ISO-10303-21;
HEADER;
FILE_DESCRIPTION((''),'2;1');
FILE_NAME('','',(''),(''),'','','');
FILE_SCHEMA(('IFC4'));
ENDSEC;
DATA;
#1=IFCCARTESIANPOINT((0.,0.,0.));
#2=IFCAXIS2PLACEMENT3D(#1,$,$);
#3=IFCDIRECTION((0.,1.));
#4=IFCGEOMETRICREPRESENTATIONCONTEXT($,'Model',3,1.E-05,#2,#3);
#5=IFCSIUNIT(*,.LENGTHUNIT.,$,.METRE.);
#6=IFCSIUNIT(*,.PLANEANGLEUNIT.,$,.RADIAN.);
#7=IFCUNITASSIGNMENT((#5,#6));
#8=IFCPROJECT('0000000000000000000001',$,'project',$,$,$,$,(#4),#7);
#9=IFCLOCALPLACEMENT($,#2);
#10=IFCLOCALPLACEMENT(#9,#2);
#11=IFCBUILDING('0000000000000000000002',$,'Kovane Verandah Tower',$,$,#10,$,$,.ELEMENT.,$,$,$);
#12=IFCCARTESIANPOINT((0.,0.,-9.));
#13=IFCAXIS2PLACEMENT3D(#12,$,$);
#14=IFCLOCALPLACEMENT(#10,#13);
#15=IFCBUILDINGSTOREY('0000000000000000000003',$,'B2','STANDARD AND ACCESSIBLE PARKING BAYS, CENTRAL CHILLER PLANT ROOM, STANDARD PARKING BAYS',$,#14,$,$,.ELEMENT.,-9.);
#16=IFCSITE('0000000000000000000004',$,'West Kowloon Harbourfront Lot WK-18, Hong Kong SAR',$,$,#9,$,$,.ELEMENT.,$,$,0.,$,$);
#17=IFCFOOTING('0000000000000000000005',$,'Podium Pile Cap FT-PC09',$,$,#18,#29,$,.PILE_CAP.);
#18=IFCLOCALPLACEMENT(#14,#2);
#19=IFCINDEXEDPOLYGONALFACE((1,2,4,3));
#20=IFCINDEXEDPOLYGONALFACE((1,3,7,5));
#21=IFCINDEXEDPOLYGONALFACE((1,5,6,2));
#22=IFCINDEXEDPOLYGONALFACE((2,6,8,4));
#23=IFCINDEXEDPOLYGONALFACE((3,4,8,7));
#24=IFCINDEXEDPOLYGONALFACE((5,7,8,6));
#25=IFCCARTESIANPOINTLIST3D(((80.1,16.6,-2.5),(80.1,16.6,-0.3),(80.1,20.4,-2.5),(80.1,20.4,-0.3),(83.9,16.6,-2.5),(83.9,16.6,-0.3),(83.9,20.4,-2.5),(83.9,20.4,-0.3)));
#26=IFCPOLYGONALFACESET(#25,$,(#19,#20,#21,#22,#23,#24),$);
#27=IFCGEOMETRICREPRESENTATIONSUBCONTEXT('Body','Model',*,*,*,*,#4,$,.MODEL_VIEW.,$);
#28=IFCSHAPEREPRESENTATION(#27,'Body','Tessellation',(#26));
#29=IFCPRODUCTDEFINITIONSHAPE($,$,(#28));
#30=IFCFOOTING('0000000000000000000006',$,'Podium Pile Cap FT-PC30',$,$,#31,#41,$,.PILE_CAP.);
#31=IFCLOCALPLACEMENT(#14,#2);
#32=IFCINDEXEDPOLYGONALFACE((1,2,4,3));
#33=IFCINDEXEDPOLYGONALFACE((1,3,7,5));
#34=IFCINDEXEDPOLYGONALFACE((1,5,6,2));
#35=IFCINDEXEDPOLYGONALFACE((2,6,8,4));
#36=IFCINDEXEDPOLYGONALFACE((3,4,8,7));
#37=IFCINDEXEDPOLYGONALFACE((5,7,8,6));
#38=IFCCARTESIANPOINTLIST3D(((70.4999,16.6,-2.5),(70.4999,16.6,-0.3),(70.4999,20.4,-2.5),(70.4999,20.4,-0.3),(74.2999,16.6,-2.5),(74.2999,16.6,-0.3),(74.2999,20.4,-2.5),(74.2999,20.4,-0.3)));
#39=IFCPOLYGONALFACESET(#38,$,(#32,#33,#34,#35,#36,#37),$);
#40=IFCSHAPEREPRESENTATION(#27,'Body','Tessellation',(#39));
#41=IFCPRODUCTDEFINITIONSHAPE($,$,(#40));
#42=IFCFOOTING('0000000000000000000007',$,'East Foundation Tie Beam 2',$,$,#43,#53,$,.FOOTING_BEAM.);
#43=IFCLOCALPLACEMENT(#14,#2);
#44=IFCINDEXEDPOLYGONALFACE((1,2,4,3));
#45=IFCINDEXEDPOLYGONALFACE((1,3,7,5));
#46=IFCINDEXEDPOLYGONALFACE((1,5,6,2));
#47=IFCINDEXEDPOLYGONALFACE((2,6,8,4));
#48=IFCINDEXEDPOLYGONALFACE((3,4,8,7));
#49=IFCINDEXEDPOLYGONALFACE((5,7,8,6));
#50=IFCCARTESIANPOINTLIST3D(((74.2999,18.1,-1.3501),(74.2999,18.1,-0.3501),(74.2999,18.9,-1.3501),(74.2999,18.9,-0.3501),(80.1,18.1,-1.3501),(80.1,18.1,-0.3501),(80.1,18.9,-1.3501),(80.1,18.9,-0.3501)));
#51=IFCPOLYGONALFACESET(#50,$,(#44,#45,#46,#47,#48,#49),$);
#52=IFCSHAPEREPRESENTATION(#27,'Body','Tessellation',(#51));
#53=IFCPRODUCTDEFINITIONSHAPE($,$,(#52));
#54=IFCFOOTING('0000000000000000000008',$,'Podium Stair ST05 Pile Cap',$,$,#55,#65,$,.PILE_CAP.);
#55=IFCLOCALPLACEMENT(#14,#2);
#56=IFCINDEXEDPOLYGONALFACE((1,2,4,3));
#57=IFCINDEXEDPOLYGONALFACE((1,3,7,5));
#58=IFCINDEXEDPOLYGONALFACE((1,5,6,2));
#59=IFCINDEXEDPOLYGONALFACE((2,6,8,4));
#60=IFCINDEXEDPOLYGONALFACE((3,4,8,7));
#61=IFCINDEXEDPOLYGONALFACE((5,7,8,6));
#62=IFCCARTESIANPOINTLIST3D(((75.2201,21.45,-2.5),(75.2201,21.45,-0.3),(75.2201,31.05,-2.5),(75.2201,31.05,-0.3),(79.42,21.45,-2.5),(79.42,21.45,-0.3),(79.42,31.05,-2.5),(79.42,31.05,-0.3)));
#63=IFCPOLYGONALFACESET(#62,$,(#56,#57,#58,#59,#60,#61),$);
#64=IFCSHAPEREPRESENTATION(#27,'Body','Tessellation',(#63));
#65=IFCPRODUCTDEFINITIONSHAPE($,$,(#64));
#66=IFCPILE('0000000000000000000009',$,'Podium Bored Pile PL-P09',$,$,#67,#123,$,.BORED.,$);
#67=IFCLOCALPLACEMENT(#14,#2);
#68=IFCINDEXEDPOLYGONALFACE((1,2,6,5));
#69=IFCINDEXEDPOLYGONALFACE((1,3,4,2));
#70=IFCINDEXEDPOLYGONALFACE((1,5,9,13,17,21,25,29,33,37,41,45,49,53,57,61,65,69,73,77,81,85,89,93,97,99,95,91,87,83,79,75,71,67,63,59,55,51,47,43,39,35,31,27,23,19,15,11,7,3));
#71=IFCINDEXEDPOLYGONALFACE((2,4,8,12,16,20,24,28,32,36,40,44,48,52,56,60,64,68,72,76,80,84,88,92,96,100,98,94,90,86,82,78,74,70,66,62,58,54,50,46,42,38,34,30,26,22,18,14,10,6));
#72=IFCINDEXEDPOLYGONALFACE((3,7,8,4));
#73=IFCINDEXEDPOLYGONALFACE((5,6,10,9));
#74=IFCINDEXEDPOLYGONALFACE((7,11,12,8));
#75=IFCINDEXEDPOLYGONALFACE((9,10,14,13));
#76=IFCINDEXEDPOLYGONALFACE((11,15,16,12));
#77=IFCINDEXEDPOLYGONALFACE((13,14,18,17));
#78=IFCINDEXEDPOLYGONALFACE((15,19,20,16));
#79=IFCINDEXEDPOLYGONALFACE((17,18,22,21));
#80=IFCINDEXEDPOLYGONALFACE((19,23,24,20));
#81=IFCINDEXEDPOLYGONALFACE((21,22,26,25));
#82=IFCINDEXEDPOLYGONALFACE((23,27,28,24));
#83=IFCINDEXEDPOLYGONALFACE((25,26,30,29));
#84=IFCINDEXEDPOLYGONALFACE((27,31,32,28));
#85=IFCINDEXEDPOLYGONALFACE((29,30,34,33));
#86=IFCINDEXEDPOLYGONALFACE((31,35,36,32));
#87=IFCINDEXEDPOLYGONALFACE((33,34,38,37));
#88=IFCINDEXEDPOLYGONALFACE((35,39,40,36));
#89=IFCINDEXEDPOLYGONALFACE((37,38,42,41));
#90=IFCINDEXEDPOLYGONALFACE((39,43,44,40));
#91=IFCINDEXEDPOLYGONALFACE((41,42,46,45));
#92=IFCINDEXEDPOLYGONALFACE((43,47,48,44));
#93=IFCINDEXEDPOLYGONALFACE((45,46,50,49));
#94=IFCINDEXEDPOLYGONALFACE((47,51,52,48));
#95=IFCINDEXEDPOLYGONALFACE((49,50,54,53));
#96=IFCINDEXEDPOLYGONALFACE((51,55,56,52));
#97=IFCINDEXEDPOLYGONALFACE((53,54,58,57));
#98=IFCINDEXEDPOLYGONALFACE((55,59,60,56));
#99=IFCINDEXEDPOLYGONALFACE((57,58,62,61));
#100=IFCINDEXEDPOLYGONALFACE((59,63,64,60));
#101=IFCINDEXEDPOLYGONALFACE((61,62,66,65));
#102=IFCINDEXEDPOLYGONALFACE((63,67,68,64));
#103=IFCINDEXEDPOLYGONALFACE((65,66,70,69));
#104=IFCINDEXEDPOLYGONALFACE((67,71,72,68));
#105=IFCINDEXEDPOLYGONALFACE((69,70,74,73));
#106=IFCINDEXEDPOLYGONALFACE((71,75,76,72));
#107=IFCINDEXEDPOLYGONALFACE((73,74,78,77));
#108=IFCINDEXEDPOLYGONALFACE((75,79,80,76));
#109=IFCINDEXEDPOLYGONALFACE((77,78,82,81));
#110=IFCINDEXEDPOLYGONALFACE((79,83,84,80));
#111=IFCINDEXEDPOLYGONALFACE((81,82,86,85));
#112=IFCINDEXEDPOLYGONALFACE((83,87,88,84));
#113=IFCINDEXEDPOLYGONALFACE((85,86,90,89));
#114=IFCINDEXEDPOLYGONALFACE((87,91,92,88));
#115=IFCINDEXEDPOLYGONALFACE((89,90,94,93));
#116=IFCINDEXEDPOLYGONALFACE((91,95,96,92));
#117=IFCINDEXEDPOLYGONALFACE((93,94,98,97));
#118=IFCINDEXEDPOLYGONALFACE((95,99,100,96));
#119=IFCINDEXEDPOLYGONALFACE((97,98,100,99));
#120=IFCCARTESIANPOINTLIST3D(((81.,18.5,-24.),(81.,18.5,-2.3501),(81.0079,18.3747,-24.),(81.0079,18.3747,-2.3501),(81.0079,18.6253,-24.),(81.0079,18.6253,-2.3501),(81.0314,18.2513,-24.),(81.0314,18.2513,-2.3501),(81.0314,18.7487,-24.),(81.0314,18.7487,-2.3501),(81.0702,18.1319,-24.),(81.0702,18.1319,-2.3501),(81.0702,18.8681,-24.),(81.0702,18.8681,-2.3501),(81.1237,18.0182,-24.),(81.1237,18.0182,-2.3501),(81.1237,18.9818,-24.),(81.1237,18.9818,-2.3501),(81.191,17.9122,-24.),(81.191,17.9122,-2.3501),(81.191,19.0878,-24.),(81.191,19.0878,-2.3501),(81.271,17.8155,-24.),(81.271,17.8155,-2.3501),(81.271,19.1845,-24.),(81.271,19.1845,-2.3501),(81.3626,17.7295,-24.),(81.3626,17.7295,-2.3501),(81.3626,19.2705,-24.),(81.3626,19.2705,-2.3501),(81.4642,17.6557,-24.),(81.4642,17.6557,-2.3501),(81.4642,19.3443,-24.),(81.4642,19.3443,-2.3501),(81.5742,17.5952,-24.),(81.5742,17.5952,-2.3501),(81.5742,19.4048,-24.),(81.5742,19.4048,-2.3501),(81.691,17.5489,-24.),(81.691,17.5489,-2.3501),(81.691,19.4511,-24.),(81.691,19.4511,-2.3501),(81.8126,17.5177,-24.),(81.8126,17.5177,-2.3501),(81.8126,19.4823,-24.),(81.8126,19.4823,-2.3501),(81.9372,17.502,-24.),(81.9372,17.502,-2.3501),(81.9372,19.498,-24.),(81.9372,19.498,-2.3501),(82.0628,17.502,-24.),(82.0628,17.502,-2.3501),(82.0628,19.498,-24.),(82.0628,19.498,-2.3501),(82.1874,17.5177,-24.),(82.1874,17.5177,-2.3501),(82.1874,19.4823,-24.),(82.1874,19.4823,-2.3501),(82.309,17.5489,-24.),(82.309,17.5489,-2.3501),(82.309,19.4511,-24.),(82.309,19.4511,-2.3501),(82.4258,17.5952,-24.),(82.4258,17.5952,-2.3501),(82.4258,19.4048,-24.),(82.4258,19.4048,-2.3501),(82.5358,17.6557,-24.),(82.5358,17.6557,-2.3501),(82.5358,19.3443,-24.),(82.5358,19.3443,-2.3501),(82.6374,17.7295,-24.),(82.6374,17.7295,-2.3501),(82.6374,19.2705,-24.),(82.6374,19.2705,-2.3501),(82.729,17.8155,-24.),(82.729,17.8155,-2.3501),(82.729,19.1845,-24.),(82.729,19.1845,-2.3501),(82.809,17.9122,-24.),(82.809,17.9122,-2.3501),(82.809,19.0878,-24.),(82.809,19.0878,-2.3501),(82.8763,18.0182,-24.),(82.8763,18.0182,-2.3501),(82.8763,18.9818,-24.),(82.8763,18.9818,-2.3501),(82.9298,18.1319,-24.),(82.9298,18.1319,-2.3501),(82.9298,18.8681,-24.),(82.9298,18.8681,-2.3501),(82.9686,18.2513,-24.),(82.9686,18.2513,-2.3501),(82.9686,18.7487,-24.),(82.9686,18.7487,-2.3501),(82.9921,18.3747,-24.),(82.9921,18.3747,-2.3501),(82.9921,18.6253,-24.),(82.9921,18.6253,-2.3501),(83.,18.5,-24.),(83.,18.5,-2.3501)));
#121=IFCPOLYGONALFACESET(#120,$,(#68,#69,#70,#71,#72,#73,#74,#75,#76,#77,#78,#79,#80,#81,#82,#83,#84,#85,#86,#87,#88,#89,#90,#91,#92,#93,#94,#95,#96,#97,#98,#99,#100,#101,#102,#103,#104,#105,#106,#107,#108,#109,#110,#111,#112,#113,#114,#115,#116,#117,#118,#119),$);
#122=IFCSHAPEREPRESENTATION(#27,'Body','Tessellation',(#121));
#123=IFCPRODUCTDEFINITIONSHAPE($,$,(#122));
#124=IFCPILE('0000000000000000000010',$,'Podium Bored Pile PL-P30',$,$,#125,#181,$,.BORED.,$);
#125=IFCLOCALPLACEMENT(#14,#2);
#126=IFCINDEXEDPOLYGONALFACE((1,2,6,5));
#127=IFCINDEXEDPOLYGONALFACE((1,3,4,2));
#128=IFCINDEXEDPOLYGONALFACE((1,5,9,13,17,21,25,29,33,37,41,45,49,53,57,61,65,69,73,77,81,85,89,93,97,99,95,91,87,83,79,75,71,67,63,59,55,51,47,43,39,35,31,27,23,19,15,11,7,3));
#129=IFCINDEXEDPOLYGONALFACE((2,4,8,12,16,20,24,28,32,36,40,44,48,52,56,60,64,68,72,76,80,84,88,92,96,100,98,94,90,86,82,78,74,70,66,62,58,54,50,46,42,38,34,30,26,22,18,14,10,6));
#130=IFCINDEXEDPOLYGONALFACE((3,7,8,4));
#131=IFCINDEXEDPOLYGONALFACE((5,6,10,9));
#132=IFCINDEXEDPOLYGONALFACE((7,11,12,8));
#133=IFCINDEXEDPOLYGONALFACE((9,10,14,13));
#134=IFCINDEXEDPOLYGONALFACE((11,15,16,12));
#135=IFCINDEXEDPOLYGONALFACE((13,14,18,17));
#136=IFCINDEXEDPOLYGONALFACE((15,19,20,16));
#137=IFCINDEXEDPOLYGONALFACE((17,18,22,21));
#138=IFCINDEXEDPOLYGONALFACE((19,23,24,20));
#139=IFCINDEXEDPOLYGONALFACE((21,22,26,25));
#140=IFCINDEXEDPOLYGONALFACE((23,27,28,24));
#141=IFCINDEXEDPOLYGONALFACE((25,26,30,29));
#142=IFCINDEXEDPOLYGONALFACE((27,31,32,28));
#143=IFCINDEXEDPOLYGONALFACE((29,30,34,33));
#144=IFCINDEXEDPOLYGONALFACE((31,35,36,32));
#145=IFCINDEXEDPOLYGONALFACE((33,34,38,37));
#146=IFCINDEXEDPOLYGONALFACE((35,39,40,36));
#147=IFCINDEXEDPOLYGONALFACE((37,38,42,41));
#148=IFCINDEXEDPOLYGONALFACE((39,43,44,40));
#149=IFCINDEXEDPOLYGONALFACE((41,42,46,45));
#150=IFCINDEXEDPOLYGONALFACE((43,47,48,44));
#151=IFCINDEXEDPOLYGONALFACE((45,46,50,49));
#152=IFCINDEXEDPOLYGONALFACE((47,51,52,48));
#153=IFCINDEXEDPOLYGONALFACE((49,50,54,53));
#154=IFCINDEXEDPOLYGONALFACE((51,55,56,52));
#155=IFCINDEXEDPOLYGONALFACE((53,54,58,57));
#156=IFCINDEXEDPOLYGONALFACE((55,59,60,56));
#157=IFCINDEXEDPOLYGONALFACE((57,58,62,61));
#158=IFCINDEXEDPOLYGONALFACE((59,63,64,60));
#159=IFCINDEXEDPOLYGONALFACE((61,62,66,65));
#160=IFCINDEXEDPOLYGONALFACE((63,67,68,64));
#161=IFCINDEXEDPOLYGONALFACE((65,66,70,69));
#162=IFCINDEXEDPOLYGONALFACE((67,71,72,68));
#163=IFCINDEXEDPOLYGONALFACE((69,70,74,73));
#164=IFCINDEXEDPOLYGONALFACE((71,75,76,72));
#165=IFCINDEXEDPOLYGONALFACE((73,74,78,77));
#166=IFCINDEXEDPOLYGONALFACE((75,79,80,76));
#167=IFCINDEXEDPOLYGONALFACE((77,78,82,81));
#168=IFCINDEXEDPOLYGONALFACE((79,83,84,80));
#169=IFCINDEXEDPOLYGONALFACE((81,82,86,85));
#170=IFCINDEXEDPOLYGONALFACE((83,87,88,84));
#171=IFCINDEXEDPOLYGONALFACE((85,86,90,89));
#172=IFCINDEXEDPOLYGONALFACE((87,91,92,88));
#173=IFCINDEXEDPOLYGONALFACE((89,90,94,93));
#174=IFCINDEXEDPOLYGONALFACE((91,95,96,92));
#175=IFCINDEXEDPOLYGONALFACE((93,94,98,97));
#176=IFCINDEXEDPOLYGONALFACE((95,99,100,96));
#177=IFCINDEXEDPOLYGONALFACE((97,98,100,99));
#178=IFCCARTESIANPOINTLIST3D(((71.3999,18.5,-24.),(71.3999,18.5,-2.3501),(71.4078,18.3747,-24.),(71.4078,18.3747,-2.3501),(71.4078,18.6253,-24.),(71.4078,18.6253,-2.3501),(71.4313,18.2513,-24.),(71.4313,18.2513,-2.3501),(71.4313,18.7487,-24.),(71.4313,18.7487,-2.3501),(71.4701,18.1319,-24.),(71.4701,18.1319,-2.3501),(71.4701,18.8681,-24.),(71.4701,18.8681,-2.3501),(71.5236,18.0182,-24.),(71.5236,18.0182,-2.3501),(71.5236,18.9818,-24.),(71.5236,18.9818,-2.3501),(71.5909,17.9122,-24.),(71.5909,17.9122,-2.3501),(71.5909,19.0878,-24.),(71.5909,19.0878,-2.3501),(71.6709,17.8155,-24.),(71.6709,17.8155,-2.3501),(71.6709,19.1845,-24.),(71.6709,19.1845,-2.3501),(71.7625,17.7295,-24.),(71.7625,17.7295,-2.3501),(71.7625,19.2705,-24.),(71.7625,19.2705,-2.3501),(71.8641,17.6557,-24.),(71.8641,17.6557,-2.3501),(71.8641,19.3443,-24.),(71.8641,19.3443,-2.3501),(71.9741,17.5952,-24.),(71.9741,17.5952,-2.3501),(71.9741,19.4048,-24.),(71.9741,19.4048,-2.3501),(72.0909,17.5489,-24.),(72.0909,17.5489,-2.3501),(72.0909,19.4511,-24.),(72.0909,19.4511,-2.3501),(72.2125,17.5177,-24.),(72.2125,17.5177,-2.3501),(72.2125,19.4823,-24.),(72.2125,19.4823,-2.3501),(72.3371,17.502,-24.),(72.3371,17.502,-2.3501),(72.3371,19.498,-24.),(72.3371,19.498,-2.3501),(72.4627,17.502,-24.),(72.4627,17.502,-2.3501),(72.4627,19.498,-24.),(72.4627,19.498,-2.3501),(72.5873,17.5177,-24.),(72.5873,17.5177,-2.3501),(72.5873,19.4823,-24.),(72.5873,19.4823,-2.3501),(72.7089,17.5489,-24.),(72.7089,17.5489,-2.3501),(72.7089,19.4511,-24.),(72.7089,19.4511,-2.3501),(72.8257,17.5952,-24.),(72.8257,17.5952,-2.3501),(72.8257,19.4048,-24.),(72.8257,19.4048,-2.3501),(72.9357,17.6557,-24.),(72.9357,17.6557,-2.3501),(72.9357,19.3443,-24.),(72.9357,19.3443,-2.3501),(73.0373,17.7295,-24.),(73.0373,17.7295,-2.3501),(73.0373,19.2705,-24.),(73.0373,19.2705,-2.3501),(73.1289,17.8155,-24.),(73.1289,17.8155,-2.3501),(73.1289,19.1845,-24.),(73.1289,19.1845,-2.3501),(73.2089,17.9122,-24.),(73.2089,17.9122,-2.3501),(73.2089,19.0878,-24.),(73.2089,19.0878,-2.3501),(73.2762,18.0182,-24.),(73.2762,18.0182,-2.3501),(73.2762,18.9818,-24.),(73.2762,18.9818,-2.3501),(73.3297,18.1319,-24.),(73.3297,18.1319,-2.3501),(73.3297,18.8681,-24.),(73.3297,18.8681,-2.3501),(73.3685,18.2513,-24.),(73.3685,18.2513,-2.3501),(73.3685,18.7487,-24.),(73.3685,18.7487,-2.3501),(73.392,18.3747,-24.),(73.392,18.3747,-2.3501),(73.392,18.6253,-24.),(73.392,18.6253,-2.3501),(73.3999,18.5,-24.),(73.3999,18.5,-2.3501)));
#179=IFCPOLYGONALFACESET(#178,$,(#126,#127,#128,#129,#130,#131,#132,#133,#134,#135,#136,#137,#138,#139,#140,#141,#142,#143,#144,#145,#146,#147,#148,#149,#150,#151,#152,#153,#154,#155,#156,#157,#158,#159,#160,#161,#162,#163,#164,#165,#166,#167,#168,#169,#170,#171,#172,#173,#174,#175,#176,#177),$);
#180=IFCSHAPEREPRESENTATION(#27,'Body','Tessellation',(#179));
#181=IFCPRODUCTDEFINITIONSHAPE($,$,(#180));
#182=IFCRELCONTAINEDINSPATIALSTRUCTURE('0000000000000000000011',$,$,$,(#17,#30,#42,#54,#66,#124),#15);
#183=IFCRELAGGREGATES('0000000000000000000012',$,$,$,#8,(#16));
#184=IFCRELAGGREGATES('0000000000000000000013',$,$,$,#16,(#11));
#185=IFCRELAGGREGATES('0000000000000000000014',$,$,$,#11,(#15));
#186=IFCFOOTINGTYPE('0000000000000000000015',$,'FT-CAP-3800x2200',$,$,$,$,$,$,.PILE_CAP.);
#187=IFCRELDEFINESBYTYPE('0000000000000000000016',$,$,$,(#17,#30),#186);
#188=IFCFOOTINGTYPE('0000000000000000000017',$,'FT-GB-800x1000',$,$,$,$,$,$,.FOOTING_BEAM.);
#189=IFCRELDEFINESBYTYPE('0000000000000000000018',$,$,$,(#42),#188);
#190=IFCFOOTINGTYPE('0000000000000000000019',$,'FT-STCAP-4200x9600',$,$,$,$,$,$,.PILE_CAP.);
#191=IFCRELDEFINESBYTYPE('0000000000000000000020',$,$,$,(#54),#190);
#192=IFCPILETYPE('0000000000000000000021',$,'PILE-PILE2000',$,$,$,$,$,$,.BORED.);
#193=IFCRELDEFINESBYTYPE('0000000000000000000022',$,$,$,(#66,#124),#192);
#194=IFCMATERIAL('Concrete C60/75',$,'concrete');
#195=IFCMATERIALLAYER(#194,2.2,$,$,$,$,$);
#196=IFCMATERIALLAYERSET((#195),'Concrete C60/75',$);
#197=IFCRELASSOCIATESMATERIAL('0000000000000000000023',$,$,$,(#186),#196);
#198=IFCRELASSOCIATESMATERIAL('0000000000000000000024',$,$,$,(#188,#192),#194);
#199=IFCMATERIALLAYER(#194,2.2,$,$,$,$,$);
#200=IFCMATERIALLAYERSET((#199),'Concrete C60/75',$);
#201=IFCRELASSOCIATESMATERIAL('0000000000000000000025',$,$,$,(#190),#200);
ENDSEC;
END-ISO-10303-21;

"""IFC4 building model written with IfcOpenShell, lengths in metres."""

from ifc_helpers import new_model, si_unit, direction, frame, origin, origin_2d, place, context, subcontext, project, spatial, rectangle, circle, extrude, material, layer, layer_set, material_profile, profile_set, type_object, element, save


model = new_model("IFC4")

# Units and contexts
model_context = context("Model", 3, precision=1e-05, world=origin(), true_north=direction((0.0, 1.0)))
body_context = subcontext(model_context, "Body", "Model", "MODEL_VIEW")
ifc_project = project(units=[si_unit("LENGTHUNIT", "METRE"), si_unit("PLANEANGLEUNIT", "RADIAN")], contexts=[model_context])

# Site, building, storey
site_placement = place(None, origin())
site = spatial("IfcSite", under=ifc_project, at=site_placement, Name="West Kowloon Harbourfront Lot WK-18, Hong Kong SAR", CompositionType="ELEMENT", RefElevation=0.0)
building_placement = place(site_placement, origin())
building = spatial("IfcBuilding", under=site, at=building_placement, Name="Kovane Verandah Tower", CompositionType="ELEMENT")
storey_placement = place(building_placement, frame((0.0, 0.0, -9.0)))
storey = spatial("IfcBuildingStorey", under=building, at=storey_placement, Name="B2", Description="STANDARD AND ACCESSIBLE PARKING BAYS, CENTRAL CHILLER PLANT ROOM, STANDARD PARKING BAYS", CompositionType="ELEMENT", Elevation=-9.0)

# Footings
ifc_material_1 = material(Name="Concrete C60/75", Category="concrete")
ifc_layer_1 = layer(ifc_material_1, 2.2)
ifc_layer_set_1 = layer_set([ifc_layer_1], Name="Concrete C60/75")
footing_type_1 = type_object("IfcFootingType", Name="FT-CAP-3800x2200", PredefinedType="PILE_CAP", material=ifc_layer_set_1)
for number, where, z_axis, x_axis, name in (
    (1, (82.0, 18.5, -2.5), (0.0, 0.0, 1.0), (1.0, 0.0, 0.0), "Podium Pile Cap FT-PC09"),
    (2, (72.3999, 18.5, -2.5), (0.0, 0.0, 1.0), (1.0, 0.0, 0.0), "Podium Pile Cap FT-PC30"),
):
    element("IfcFooting", number, at=place(storey_placement, frame(where, z_axis=z_axis, x_axis=x_axis)), inside=storey, type_object=footing_type_1, Name=name, PredefinedType="PILE_CAP", context=body_context, shape_type="SweptSolid", body=[
        extrude(rectangle(XDim=3.8, YDim=3.8, at=origin_2d()), origin(), (0.0, 0.0, 1.0), 2.2),
    ])
ifc_material_profile_1 = material_profile(ifc_material_1, rectangle(XDim=0.8, YDim=1.0, at=origin_2d()), Name="RCB800x1000")
ifc_profile_set_1 = profile_set([ifc_material_profile_1], Name="Concrete C60/75")
footing_type_2 = type_object("IfcFootingType", Name="FT-GB-800x1000", PredefinedType="FOOTING_BEAM", material=ifc_profile_set_1)
footing_1_placement = place(storey_placement, frame((77.2, 18.5, -1.3501), z_axis=(0.0, 0.0, 1.0), x_axis=(1.0, 0.0, 0.0)))
element("IfcFooting", 3, at=footing_1_placement, inside=storey, type_object=footing_type_2, Name="East Foundation Tie Beam 2", PredefinedType="FOOTING_BEAM", context=body_context, shape_type="SweptSolid", body=[
    extrude(rectangle(XDim=5.8, YDim=0.8, at=origin_2d()), origin(), (0.0, 0.0, 1.0), 1.0),
])
ifc_layer_2 = layer(ifc_material_1, 2.2)
ifc_layer_set_2 = layer_set([ifc_layer_2], Name="Concrete C60/75")
footing_type_3 = type_object("IfcFootingType", Name="FT-STCAP-4200x9600", PredefinedType="PILE_CAP", material=ifc_layer_set_2)
footing_2_placement = place(storey_placement, frame((77.3201, 26.25, -2.5), z_axis=(0.0, 0.0, 1.0), x_axis=(1.0, 0.0, 0.0)))
element("IfcFooting", 4, at=footing_2_placement, inside=storey, type_object=footing_type_3, Name="Podium Stair ST05 Pile Cap", PredefinedType="PILE_CAP", context=body_context, shape_type="SweptSolid", body=[
    extrude(rectangle(XDim=4.2, YDim=9.6001, at=origin_2d()), origin(), (0.0, 0.0, 1.0), 2.2),
])

# Piles
ifc_material_profile_2 = material_profile(ifc_material_1, circle(Radius=1.0, at=origin_2d()), Name="PILE2000")
ifc_profile_set_2 = profile_set([ifc_material_profile_2], Name="Concrete C60/75")
pile_type_1 = type_object("IfcPileType", Name="PILE-PILE2000", PredefinedType="BORED", material=ifc_profile_set_2)
for number, where, z_axis, x_axis, name in (
    (5, (82.0, 18.5, -2.3501), (0.0, 0.0, -1.0), (1.0, 0.0, 0.0), "Podium Bored Pile PL-P09"),
    (6, (72.3999, 18.5, -2.3501), (0.0, 0.0, -1.0), (1.0, 0.0, 0.0), "Podium Bored Pile PL-P30"),
):
    element("IfcPile", number, at=place(storey_placement, frame(where, z_axis=z_axis, x_axis=x_axis)), inside=storey, type_object=pile_type_1, Name=name, PredefinedType="BORED", context=body_context, shape_type="SweptSolid", body=[
        extrude(circle(Radius=1.0, at=origin_2d()), origin(), (0.0, 0.0, 1.0), 21.6499),
    ])

save(model, "model.ifc")
